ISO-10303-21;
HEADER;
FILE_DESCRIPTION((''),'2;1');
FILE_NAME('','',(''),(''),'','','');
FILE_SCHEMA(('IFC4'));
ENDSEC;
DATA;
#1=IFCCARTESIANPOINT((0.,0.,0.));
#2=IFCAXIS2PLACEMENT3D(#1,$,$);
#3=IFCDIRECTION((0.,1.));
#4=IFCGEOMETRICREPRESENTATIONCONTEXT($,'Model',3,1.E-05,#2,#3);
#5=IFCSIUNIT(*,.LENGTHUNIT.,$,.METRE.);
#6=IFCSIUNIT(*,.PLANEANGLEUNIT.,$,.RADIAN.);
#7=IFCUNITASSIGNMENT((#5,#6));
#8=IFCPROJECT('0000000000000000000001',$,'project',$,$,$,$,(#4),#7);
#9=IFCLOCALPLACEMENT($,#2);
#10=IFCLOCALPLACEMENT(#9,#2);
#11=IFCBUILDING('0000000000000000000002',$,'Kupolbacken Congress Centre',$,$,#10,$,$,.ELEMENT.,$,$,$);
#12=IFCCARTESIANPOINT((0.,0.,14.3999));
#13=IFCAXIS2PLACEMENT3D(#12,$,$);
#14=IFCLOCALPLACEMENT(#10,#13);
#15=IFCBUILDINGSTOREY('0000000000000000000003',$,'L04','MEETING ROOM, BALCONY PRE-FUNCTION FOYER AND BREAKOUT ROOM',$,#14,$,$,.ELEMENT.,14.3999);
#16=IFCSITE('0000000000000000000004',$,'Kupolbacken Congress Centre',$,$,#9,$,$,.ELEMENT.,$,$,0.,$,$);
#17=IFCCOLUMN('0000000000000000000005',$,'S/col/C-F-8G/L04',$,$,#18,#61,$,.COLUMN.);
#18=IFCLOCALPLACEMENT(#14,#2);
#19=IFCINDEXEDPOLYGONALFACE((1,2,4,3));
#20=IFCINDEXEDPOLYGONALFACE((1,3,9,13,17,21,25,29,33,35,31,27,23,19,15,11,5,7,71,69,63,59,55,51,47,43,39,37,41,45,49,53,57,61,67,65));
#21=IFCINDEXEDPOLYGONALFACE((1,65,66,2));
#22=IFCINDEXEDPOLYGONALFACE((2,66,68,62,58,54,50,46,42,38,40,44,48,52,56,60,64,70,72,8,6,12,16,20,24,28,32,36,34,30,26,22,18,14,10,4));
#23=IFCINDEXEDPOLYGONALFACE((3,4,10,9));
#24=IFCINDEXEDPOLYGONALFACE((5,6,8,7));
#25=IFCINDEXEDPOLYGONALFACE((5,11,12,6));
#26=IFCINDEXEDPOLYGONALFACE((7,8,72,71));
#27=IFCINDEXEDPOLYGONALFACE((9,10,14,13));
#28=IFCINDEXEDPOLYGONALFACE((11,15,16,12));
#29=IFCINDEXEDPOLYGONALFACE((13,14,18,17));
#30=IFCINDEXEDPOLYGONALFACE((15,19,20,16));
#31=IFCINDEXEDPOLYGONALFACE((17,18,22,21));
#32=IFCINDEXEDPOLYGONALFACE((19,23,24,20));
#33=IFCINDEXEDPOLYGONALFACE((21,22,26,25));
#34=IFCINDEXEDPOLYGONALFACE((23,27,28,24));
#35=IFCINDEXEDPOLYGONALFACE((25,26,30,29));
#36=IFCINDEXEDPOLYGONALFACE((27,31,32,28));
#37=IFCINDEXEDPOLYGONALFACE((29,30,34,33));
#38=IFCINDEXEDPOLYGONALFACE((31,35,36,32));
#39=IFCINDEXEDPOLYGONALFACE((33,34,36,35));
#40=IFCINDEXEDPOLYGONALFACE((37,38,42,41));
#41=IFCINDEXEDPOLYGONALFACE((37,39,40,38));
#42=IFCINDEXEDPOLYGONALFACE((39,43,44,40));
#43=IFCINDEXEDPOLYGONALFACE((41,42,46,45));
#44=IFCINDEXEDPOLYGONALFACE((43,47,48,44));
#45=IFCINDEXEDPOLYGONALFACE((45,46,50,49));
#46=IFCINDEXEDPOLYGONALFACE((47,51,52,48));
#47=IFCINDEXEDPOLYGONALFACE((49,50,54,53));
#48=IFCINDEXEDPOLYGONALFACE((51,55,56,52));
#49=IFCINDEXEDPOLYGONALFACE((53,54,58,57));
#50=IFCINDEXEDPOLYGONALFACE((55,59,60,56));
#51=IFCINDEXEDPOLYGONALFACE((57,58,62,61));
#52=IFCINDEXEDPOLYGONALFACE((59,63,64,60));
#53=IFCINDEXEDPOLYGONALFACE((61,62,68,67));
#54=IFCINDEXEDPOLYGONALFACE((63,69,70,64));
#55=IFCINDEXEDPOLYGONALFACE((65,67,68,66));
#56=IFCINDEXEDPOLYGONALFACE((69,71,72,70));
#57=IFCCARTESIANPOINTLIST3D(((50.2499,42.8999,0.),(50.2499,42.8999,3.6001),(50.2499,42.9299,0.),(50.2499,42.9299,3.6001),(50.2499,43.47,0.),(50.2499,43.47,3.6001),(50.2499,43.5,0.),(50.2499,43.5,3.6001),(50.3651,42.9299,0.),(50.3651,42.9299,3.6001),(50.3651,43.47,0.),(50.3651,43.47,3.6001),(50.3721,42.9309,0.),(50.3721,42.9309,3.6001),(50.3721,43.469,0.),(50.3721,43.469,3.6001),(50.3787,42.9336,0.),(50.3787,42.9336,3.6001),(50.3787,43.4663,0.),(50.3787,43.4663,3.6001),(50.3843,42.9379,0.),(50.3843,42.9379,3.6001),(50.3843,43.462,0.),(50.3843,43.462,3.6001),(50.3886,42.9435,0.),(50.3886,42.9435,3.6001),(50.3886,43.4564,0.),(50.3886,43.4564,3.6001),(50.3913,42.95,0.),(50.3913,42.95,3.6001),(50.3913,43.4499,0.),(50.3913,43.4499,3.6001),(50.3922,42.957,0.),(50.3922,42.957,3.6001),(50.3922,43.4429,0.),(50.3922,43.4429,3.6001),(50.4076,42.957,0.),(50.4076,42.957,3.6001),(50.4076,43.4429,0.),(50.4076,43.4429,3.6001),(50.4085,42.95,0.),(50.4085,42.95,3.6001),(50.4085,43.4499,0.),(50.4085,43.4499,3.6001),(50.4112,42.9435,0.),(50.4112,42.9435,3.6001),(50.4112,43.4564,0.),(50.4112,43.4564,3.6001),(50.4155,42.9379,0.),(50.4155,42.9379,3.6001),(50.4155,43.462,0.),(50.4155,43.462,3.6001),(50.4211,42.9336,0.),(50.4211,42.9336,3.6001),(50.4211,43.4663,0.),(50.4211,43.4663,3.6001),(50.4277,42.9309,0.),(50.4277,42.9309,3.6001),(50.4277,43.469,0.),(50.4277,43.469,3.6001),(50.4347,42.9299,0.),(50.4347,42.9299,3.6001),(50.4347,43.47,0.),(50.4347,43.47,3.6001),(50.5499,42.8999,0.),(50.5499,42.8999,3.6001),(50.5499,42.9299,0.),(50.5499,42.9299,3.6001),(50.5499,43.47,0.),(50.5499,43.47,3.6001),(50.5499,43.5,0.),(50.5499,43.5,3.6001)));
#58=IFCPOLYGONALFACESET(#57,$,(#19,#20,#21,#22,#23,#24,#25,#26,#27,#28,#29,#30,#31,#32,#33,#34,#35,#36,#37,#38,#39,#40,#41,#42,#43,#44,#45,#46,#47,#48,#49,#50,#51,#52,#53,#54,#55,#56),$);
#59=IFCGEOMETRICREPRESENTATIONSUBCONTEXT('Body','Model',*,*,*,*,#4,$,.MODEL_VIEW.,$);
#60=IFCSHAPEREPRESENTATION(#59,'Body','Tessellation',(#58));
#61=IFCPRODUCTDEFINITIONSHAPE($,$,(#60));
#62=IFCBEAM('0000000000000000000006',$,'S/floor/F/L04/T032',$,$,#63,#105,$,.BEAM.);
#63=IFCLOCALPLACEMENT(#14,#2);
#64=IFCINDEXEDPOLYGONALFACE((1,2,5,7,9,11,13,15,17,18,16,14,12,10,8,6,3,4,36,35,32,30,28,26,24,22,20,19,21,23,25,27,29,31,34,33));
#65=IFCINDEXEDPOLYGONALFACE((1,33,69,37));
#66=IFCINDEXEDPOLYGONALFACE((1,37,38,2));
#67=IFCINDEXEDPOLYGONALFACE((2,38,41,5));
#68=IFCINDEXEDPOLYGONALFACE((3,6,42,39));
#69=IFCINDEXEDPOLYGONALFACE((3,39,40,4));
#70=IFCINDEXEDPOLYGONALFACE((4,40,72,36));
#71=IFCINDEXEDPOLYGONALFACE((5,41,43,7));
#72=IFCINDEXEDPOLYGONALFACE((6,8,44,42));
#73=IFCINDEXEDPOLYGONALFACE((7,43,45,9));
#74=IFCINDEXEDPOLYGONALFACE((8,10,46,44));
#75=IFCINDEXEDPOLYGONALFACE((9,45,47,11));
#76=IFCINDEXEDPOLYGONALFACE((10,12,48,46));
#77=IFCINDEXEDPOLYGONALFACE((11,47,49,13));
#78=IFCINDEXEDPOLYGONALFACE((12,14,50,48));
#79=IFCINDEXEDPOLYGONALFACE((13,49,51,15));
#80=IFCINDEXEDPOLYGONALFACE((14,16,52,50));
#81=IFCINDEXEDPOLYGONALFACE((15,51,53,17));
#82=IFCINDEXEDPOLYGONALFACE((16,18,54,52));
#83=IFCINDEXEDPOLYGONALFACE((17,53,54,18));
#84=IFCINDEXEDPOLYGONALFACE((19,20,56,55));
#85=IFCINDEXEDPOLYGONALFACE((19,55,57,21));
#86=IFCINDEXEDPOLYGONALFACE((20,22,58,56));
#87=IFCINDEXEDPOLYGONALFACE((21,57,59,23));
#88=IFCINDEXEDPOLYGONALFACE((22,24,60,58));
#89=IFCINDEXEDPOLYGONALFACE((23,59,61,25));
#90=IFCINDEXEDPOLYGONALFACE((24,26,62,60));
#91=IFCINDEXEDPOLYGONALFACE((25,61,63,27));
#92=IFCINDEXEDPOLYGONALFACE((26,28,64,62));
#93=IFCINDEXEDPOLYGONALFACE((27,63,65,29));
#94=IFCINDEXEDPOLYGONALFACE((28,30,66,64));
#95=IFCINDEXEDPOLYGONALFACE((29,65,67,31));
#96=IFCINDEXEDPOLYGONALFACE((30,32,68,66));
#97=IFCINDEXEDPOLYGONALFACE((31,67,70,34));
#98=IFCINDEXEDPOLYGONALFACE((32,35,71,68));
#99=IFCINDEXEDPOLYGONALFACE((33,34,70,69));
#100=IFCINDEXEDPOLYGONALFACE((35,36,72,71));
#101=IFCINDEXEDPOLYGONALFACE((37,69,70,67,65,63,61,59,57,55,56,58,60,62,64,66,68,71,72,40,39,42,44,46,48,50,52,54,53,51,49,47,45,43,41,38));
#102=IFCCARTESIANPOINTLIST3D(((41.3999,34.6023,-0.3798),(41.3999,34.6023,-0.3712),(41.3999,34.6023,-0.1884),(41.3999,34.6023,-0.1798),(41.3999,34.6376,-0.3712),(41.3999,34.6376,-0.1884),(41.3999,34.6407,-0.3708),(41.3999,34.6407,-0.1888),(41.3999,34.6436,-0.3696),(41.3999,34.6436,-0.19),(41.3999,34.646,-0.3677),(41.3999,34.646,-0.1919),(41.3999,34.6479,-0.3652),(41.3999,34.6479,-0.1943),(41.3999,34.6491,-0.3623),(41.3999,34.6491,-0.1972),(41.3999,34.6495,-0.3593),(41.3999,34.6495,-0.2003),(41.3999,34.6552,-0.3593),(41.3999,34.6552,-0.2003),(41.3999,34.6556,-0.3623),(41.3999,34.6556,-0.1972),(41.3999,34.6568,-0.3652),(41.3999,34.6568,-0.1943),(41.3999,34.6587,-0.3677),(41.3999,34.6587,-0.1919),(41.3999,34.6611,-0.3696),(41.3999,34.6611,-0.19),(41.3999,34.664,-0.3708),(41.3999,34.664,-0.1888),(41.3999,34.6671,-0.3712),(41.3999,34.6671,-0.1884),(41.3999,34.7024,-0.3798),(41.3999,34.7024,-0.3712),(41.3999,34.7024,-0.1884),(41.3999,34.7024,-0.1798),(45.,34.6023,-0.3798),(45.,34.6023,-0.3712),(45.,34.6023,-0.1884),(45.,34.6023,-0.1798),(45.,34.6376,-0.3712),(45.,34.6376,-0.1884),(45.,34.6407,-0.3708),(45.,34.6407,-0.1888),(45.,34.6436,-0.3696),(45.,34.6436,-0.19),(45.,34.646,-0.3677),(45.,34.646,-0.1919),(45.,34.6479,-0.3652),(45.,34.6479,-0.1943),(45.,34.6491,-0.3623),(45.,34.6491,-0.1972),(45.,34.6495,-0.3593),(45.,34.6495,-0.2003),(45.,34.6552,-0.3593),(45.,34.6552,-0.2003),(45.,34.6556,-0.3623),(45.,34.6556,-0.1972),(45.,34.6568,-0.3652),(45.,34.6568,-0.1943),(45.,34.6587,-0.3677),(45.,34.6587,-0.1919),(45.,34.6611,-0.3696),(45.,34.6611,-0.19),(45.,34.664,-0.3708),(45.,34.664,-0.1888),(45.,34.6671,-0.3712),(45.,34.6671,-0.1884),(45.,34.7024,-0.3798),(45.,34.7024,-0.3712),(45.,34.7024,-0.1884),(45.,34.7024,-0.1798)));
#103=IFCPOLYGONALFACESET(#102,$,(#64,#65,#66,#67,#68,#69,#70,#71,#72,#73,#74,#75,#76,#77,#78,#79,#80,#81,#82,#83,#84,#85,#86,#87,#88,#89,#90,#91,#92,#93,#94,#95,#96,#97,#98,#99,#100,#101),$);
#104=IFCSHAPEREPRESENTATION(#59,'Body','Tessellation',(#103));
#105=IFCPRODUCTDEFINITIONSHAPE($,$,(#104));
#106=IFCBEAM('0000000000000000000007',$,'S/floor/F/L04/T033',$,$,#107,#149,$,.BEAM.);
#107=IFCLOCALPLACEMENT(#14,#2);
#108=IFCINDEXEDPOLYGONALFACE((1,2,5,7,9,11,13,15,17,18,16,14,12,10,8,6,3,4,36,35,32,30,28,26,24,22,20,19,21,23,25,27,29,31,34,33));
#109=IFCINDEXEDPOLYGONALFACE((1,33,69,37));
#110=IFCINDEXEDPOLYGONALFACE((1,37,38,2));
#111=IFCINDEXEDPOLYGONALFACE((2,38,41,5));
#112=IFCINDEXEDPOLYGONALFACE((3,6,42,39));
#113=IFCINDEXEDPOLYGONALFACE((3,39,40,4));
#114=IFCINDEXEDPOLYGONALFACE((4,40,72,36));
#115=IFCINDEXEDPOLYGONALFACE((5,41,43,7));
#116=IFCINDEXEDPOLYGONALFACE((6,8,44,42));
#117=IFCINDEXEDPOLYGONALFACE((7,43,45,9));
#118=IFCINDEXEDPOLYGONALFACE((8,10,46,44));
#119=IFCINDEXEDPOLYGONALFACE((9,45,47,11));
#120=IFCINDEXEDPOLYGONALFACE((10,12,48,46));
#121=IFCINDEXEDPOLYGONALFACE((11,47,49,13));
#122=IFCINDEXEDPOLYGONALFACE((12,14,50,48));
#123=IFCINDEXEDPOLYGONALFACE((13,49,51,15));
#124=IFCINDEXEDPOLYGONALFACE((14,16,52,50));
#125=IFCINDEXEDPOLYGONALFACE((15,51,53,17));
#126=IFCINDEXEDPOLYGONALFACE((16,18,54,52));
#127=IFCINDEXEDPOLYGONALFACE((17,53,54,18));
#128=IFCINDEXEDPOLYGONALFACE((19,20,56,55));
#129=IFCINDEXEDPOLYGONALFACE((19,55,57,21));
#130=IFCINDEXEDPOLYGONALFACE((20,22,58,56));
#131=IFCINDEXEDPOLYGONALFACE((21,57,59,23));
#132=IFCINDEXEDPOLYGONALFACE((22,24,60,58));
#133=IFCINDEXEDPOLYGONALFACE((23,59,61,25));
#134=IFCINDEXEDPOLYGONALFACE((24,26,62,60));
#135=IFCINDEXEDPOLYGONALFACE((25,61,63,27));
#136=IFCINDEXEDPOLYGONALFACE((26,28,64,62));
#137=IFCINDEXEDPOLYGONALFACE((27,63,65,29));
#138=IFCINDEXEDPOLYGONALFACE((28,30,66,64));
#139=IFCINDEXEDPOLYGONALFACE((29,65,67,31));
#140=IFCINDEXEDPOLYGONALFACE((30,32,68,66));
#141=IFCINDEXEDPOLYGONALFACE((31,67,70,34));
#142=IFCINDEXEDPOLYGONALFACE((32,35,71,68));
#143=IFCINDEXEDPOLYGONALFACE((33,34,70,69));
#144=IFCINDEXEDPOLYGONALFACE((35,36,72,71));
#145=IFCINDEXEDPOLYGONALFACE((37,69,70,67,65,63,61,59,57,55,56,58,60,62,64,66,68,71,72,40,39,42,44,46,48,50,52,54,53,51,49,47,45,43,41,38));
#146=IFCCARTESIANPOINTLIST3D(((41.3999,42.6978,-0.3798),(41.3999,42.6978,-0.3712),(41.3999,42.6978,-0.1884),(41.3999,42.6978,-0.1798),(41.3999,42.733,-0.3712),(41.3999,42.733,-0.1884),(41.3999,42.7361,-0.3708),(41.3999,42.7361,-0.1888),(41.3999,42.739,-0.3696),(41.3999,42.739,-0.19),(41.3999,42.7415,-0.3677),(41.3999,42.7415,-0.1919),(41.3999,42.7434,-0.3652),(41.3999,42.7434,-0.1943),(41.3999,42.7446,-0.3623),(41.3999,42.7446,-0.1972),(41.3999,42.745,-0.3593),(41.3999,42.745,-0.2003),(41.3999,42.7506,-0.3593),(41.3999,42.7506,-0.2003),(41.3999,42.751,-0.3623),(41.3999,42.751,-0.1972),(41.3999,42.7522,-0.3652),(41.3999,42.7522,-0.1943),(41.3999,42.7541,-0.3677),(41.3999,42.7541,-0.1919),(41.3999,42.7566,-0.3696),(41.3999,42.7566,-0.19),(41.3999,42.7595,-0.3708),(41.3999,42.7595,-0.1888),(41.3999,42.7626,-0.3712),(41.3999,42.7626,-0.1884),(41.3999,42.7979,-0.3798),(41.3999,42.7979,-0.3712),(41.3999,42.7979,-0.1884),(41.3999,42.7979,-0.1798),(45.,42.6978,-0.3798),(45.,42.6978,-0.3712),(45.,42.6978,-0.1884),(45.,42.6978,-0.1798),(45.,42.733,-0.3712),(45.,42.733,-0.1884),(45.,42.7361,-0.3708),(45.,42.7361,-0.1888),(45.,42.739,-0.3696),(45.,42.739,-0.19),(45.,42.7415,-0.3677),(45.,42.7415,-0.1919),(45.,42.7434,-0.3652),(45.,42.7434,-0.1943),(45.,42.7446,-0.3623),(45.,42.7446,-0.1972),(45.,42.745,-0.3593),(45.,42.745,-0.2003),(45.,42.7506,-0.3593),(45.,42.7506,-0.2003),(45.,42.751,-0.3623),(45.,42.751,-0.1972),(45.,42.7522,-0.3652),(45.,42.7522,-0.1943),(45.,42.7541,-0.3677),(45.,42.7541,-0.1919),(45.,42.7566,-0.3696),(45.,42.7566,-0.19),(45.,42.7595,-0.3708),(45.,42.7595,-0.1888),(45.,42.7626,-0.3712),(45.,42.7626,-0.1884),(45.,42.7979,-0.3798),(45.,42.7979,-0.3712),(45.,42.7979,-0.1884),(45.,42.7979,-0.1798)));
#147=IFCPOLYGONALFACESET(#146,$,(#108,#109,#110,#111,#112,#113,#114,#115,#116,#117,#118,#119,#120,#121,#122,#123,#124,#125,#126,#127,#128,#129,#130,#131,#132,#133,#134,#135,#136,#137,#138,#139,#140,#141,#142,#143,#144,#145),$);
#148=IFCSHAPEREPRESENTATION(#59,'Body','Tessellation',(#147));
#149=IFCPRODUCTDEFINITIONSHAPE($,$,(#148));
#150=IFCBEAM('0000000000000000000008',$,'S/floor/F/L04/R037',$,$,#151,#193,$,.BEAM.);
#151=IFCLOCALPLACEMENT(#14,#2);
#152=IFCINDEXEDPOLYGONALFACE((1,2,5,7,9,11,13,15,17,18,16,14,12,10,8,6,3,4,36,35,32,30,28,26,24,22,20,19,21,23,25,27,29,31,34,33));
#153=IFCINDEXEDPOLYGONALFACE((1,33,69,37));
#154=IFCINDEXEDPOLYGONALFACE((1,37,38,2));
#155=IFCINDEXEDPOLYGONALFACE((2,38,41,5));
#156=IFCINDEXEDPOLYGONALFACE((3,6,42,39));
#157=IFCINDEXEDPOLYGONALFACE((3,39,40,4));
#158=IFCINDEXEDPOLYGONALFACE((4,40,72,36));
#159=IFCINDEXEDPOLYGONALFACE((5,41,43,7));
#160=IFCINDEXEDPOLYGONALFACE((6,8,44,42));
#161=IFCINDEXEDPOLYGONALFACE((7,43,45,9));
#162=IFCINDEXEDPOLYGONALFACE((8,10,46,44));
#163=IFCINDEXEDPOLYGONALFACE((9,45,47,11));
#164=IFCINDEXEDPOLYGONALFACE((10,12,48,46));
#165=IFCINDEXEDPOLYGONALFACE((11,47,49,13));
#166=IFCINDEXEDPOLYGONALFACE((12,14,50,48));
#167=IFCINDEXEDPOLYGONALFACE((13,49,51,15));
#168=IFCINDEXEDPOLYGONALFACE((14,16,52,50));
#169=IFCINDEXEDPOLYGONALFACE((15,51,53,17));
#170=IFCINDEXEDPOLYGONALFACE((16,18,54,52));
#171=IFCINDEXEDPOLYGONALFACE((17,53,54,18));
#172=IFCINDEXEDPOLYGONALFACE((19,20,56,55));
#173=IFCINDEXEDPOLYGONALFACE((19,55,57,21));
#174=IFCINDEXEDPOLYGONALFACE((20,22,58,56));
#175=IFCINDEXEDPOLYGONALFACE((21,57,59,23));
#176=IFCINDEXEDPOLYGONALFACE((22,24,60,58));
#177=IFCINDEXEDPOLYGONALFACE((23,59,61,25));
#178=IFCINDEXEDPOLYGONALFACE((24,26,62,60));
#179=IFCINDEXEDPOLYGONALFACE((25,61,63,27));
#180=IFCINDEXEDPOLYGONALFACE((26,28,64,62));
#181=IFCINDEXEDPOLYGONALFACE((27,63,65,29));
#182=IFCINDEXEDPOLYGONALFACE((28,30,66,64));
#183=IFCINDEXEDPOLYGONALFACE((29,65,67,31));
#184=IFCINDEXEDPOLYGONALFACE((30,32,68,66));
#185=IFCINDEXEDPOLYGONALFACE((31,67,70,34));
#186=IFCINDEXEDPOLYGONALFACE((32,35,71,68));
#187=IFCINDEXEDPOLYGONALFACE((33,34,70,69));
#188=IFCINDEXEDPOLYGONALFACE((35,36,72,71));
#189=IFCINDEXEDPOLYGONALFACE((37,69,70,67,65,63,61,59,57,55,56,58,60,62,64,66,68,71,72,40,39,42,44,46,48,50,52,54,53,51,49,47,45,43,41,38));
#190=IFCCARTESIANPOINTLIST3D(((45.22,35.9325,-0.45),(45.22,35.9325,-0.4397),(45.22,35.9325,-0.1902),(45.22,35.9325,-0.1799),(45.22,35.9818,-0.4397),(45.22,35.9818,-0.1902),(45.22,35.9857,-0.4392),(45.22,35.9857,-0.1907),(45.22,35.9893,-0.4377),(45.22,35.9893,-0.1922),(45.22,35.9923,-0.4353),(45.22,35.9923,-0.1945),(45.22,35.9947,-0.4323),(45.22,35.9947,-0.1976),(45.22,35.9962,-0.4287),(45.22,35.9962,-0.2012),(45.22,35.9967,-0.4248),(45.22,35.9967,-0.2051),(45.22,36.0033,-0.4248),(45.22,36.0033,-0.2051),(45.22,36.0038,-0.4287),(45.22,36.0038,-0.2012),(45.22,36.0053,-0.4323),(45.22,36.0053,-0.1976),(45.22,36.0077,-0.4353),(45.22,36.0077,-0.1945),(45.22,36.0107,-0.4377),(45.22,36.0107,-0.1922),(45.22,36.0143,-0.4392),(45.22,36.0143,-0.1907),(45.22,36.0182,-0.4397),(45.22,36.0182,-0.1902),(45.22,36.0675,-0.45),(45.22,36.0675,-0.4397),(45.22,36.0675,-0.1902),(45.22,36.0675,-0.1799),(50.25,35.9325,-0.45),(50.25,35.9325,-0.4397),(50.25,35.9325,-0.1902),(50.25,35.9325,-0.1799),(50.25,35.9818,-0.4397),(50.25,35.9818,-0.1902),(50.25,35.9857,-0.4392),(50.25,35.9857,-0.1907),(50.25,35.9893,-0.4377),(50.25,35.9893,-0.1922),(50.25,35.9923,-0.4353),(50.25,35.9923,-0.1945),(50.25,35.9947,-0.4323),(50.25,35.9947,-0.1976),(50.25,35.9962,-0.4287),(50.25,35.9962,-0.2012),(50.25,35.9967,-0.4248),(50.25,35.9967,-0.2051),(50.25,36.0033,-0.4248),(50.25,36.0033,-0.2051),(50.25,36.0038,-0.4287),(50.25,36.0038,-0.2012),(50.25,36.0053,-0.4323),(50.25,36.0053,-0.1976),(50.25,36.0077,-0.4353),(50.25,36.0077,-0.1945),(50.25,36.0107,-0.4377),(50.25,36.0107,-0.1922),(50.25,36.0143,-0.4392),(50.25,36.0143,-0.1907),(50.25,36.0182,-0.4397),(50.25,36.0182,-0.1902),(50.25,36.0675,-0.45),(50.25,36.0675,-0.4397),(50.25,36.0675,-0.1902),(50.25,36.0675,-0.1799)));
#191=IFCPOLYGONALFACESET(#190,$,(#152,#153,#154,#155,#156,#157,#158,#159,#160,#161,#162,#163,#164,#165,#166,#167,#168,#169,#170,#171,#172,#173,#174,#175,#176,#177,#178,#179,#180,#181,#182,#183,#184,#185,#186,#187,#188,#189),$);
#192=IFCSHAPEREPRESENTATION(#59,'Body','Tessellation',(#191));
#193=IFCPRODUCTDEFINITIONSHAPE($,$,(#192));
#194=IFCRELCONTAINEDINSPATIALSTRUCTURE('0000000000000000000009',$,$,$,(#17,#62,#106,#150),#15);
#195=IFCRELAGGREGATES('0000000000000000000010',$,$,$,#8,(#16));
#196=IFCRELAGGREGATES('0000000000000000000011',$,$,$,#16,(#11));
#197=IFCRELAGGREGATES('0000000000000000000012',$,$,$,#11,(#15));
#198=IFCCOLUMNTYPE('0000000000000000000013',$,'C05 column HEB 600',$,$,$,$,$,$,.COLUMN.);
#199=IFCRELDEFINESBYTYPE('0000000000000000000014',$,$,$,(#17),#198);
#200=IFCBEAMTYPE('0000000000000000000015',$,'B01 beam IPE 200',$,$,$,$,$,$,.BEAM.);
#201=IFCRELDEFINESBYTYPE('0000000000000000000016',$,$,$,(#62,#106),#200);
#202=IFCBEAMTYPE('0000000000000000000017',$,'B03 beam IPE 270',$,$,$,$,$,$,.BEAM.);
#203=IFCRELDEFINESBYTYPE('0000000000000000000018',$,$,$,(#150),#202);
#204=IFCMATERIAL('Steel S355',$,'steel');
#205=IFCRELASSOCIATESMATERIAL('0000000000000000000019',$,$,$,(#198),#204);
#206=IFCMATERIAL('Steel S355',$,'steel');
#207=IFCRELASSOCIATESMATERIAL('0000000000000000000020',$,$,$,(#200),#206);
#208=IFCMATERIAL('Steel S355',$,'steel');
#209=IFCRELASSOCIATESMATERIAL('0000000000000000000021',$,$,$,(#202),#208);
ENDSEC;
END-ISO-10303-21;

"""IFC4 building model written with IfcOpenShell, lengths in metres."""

from ifc_helpers import new_model, si_unit, direction, frame, origin, origin_2d, place, context, subcontext, project, spatial, i_section, extrude, material, material_profile, profile_set, type_object, element, save


model = new_model("IFC4")

# Units and contexts
model_context = context("Model", 3, precision=1e-05, world=origin(), true_north=direction((0.0, 1.0)))
body_context = subcontext(model_context, "Body", "Model", "MODEL_VIEW")
ifc_project = project(units=[si_unit("LENGTHUNIT", "METRE"), si_unit("PLANEANGLEUNIT", "RADIAN")], contexts=[model_context])

# Site, building, storey
site_placement = place(None, origin())
site = spatial("IfcSite", under=ifc_project, at=site_placement, Name="Kupolbacken Congress Centre", CompositionType="ELEMENT", RefElevation=0.0)
building_placement = place(site_placement, origin())
building = spatial("IfcBuilding", under=site, at=building_placement, Name="Kupolbacken Congress Centre", CompositionType="ELEMENT")
storey_placement = place(building_placement, frame((0.0, 0.0, 14.3999)))
storey = spatial("IfcBuildingStorey", under=building, at=storey_placement, Name="L04", Description="MEETING ROOM, BALCONY PRE-FUNCTION FOYER AND BREAKOUT ROOM", CompositionType="ELEMENT", Elevation=14.3999)

# Column
ifc_material_1 = material(Name="Steel S355", Category="steel")
ifc_material_profile_1 = material_profile(ifc_material_1, i_section(OverallWidth=0.3, OverallDepth=0.6001, WebThickness=0.0154, FlangeThickness=0.03, FilletRadius=0.0271, at=origin_2d()), Name="HEB 600")
ifc_profile_set_1 = profile_set([ifc_material_profile_1], Name="Steel S355")
column_type = type_object("IfcColumnType", Name="C05 column HEB 600", PredefinedType="COLUMN", material=ifc_profile_set_1)
column_placement = place(storey_placement, frame((50.3999, 43.2, 0.0), z_axis=(0.0, 0.0, 1.0), x_axis=(1.0, 0.0, 0.0)))
element("IfcColumn", 1, at=column_placement, inside=storey, type_object=column_type, Name="S/col/C-F-8G/L04", PredefinedType="COLUMN", context=body_context, shape_type="SweptSolid", body=[
    extrude(i_section(OverallWidth=0.3, OverallDepth=0.6001, WebThickness=0.0154, FlangeThickness=0.03, FilletRadius=0.0271, at=origin_2d()), origin(), (0.0, 0.0, 1.0), 3.6001),
])

# Beams
ifc_material_2 = material(Name="Steel S355", Category="steel")
ifc_material_profile_2 = material_profile(ifc_material_2, i_section(OverallWidth=0.1001, OverallDepth=0.2, WebThickness=0.0056, FlangeThickness=0.0085, FilletRadius=0.012, at=origin_2d()), Name="IPE 200")
ifc_profile_set_2 = profile_set([ifc_material_profile_2], Name="Steel S355")
beam_type_1 = type_object("IfcBeamType", Name="B01 beam IPE 200", PredefinedType="BEAM", material=ifc_profile_set_2)
for number, where, z_axis, x_axis, name in (
    (2, (41.3999, 34.6523, -0.2798), (1.0, 0.0, 0.0), (0.0, 1.0, 0.0), "S/floor/F/L04/T032"),
    (3, (41.3999, 42.7478, -0.2798), (1.0, 0.0, 0.0), (0.0, 1.0, 0.0), "S/floor/F/L04/T033"),
):
    element("IfcBeam", number, at=place(storey_placement, frame(where, z_axis=z_axis, x_axis=x_axis)), inside=storey, type_object=beam_type_1, Name=name, PredefinedType="BEAM", context=body_context, shape_type="SweptSolid", body=[
        extrude(i_section(OverallWidth=0.1001, OverallDepth=0.2, WebThickness=0.0056, FlangeThickness=0.0085, FilletRadius=0.012, at=origin_2d()), origin(), (0.0, 0.0, 1.0), 3.6001),
    ])
ifc_material_3 = material(Name="Steel S355", Category="steel")
ifc_material_profile_3 = material_profile(ifc_material_3, i_section(OverallWidth=0.135, OverallDepth=0.27, WebThickness=0.0066, FlangeThickness=0.0103, FilletRadius=0.0149, at=origin_2d()), Name="IPE 270")
ifc_profile_set_3 = profile_set([ifc_material_profile_3], Name="Steel S355")
beam_type_2 = type_object("IfcBeamType", Name="B03 beam IPE 270", PredefinedType="BEAM", material=ifc_profile_set_3)
beam_1_placement = place(storey_placement, frame((45.22, 36.0, -0.3149), z_axis=(1.0, 0.0, 0.0), x_axis=(0.0, 1.0, 0.0)))
element("IfcBeam", 4, at=beam_1_placement, inside=storey, type_object=beam_type_2, Name="S/floor/F/L04/R037", PredefinedType="BEAM", context=body_context, shape_type="SweptSolid", body=[
    extrude(i_section(OverallWidth=0.135, OverallDepth=0.27, WebThickness=0.0066, FlangeThickness=0.0103, FilletRadius=0.0149, at=origin_2d()), origin(), (0.0, 0.0, 1.0), 5.03),
])

save(model, "model.ifc")
